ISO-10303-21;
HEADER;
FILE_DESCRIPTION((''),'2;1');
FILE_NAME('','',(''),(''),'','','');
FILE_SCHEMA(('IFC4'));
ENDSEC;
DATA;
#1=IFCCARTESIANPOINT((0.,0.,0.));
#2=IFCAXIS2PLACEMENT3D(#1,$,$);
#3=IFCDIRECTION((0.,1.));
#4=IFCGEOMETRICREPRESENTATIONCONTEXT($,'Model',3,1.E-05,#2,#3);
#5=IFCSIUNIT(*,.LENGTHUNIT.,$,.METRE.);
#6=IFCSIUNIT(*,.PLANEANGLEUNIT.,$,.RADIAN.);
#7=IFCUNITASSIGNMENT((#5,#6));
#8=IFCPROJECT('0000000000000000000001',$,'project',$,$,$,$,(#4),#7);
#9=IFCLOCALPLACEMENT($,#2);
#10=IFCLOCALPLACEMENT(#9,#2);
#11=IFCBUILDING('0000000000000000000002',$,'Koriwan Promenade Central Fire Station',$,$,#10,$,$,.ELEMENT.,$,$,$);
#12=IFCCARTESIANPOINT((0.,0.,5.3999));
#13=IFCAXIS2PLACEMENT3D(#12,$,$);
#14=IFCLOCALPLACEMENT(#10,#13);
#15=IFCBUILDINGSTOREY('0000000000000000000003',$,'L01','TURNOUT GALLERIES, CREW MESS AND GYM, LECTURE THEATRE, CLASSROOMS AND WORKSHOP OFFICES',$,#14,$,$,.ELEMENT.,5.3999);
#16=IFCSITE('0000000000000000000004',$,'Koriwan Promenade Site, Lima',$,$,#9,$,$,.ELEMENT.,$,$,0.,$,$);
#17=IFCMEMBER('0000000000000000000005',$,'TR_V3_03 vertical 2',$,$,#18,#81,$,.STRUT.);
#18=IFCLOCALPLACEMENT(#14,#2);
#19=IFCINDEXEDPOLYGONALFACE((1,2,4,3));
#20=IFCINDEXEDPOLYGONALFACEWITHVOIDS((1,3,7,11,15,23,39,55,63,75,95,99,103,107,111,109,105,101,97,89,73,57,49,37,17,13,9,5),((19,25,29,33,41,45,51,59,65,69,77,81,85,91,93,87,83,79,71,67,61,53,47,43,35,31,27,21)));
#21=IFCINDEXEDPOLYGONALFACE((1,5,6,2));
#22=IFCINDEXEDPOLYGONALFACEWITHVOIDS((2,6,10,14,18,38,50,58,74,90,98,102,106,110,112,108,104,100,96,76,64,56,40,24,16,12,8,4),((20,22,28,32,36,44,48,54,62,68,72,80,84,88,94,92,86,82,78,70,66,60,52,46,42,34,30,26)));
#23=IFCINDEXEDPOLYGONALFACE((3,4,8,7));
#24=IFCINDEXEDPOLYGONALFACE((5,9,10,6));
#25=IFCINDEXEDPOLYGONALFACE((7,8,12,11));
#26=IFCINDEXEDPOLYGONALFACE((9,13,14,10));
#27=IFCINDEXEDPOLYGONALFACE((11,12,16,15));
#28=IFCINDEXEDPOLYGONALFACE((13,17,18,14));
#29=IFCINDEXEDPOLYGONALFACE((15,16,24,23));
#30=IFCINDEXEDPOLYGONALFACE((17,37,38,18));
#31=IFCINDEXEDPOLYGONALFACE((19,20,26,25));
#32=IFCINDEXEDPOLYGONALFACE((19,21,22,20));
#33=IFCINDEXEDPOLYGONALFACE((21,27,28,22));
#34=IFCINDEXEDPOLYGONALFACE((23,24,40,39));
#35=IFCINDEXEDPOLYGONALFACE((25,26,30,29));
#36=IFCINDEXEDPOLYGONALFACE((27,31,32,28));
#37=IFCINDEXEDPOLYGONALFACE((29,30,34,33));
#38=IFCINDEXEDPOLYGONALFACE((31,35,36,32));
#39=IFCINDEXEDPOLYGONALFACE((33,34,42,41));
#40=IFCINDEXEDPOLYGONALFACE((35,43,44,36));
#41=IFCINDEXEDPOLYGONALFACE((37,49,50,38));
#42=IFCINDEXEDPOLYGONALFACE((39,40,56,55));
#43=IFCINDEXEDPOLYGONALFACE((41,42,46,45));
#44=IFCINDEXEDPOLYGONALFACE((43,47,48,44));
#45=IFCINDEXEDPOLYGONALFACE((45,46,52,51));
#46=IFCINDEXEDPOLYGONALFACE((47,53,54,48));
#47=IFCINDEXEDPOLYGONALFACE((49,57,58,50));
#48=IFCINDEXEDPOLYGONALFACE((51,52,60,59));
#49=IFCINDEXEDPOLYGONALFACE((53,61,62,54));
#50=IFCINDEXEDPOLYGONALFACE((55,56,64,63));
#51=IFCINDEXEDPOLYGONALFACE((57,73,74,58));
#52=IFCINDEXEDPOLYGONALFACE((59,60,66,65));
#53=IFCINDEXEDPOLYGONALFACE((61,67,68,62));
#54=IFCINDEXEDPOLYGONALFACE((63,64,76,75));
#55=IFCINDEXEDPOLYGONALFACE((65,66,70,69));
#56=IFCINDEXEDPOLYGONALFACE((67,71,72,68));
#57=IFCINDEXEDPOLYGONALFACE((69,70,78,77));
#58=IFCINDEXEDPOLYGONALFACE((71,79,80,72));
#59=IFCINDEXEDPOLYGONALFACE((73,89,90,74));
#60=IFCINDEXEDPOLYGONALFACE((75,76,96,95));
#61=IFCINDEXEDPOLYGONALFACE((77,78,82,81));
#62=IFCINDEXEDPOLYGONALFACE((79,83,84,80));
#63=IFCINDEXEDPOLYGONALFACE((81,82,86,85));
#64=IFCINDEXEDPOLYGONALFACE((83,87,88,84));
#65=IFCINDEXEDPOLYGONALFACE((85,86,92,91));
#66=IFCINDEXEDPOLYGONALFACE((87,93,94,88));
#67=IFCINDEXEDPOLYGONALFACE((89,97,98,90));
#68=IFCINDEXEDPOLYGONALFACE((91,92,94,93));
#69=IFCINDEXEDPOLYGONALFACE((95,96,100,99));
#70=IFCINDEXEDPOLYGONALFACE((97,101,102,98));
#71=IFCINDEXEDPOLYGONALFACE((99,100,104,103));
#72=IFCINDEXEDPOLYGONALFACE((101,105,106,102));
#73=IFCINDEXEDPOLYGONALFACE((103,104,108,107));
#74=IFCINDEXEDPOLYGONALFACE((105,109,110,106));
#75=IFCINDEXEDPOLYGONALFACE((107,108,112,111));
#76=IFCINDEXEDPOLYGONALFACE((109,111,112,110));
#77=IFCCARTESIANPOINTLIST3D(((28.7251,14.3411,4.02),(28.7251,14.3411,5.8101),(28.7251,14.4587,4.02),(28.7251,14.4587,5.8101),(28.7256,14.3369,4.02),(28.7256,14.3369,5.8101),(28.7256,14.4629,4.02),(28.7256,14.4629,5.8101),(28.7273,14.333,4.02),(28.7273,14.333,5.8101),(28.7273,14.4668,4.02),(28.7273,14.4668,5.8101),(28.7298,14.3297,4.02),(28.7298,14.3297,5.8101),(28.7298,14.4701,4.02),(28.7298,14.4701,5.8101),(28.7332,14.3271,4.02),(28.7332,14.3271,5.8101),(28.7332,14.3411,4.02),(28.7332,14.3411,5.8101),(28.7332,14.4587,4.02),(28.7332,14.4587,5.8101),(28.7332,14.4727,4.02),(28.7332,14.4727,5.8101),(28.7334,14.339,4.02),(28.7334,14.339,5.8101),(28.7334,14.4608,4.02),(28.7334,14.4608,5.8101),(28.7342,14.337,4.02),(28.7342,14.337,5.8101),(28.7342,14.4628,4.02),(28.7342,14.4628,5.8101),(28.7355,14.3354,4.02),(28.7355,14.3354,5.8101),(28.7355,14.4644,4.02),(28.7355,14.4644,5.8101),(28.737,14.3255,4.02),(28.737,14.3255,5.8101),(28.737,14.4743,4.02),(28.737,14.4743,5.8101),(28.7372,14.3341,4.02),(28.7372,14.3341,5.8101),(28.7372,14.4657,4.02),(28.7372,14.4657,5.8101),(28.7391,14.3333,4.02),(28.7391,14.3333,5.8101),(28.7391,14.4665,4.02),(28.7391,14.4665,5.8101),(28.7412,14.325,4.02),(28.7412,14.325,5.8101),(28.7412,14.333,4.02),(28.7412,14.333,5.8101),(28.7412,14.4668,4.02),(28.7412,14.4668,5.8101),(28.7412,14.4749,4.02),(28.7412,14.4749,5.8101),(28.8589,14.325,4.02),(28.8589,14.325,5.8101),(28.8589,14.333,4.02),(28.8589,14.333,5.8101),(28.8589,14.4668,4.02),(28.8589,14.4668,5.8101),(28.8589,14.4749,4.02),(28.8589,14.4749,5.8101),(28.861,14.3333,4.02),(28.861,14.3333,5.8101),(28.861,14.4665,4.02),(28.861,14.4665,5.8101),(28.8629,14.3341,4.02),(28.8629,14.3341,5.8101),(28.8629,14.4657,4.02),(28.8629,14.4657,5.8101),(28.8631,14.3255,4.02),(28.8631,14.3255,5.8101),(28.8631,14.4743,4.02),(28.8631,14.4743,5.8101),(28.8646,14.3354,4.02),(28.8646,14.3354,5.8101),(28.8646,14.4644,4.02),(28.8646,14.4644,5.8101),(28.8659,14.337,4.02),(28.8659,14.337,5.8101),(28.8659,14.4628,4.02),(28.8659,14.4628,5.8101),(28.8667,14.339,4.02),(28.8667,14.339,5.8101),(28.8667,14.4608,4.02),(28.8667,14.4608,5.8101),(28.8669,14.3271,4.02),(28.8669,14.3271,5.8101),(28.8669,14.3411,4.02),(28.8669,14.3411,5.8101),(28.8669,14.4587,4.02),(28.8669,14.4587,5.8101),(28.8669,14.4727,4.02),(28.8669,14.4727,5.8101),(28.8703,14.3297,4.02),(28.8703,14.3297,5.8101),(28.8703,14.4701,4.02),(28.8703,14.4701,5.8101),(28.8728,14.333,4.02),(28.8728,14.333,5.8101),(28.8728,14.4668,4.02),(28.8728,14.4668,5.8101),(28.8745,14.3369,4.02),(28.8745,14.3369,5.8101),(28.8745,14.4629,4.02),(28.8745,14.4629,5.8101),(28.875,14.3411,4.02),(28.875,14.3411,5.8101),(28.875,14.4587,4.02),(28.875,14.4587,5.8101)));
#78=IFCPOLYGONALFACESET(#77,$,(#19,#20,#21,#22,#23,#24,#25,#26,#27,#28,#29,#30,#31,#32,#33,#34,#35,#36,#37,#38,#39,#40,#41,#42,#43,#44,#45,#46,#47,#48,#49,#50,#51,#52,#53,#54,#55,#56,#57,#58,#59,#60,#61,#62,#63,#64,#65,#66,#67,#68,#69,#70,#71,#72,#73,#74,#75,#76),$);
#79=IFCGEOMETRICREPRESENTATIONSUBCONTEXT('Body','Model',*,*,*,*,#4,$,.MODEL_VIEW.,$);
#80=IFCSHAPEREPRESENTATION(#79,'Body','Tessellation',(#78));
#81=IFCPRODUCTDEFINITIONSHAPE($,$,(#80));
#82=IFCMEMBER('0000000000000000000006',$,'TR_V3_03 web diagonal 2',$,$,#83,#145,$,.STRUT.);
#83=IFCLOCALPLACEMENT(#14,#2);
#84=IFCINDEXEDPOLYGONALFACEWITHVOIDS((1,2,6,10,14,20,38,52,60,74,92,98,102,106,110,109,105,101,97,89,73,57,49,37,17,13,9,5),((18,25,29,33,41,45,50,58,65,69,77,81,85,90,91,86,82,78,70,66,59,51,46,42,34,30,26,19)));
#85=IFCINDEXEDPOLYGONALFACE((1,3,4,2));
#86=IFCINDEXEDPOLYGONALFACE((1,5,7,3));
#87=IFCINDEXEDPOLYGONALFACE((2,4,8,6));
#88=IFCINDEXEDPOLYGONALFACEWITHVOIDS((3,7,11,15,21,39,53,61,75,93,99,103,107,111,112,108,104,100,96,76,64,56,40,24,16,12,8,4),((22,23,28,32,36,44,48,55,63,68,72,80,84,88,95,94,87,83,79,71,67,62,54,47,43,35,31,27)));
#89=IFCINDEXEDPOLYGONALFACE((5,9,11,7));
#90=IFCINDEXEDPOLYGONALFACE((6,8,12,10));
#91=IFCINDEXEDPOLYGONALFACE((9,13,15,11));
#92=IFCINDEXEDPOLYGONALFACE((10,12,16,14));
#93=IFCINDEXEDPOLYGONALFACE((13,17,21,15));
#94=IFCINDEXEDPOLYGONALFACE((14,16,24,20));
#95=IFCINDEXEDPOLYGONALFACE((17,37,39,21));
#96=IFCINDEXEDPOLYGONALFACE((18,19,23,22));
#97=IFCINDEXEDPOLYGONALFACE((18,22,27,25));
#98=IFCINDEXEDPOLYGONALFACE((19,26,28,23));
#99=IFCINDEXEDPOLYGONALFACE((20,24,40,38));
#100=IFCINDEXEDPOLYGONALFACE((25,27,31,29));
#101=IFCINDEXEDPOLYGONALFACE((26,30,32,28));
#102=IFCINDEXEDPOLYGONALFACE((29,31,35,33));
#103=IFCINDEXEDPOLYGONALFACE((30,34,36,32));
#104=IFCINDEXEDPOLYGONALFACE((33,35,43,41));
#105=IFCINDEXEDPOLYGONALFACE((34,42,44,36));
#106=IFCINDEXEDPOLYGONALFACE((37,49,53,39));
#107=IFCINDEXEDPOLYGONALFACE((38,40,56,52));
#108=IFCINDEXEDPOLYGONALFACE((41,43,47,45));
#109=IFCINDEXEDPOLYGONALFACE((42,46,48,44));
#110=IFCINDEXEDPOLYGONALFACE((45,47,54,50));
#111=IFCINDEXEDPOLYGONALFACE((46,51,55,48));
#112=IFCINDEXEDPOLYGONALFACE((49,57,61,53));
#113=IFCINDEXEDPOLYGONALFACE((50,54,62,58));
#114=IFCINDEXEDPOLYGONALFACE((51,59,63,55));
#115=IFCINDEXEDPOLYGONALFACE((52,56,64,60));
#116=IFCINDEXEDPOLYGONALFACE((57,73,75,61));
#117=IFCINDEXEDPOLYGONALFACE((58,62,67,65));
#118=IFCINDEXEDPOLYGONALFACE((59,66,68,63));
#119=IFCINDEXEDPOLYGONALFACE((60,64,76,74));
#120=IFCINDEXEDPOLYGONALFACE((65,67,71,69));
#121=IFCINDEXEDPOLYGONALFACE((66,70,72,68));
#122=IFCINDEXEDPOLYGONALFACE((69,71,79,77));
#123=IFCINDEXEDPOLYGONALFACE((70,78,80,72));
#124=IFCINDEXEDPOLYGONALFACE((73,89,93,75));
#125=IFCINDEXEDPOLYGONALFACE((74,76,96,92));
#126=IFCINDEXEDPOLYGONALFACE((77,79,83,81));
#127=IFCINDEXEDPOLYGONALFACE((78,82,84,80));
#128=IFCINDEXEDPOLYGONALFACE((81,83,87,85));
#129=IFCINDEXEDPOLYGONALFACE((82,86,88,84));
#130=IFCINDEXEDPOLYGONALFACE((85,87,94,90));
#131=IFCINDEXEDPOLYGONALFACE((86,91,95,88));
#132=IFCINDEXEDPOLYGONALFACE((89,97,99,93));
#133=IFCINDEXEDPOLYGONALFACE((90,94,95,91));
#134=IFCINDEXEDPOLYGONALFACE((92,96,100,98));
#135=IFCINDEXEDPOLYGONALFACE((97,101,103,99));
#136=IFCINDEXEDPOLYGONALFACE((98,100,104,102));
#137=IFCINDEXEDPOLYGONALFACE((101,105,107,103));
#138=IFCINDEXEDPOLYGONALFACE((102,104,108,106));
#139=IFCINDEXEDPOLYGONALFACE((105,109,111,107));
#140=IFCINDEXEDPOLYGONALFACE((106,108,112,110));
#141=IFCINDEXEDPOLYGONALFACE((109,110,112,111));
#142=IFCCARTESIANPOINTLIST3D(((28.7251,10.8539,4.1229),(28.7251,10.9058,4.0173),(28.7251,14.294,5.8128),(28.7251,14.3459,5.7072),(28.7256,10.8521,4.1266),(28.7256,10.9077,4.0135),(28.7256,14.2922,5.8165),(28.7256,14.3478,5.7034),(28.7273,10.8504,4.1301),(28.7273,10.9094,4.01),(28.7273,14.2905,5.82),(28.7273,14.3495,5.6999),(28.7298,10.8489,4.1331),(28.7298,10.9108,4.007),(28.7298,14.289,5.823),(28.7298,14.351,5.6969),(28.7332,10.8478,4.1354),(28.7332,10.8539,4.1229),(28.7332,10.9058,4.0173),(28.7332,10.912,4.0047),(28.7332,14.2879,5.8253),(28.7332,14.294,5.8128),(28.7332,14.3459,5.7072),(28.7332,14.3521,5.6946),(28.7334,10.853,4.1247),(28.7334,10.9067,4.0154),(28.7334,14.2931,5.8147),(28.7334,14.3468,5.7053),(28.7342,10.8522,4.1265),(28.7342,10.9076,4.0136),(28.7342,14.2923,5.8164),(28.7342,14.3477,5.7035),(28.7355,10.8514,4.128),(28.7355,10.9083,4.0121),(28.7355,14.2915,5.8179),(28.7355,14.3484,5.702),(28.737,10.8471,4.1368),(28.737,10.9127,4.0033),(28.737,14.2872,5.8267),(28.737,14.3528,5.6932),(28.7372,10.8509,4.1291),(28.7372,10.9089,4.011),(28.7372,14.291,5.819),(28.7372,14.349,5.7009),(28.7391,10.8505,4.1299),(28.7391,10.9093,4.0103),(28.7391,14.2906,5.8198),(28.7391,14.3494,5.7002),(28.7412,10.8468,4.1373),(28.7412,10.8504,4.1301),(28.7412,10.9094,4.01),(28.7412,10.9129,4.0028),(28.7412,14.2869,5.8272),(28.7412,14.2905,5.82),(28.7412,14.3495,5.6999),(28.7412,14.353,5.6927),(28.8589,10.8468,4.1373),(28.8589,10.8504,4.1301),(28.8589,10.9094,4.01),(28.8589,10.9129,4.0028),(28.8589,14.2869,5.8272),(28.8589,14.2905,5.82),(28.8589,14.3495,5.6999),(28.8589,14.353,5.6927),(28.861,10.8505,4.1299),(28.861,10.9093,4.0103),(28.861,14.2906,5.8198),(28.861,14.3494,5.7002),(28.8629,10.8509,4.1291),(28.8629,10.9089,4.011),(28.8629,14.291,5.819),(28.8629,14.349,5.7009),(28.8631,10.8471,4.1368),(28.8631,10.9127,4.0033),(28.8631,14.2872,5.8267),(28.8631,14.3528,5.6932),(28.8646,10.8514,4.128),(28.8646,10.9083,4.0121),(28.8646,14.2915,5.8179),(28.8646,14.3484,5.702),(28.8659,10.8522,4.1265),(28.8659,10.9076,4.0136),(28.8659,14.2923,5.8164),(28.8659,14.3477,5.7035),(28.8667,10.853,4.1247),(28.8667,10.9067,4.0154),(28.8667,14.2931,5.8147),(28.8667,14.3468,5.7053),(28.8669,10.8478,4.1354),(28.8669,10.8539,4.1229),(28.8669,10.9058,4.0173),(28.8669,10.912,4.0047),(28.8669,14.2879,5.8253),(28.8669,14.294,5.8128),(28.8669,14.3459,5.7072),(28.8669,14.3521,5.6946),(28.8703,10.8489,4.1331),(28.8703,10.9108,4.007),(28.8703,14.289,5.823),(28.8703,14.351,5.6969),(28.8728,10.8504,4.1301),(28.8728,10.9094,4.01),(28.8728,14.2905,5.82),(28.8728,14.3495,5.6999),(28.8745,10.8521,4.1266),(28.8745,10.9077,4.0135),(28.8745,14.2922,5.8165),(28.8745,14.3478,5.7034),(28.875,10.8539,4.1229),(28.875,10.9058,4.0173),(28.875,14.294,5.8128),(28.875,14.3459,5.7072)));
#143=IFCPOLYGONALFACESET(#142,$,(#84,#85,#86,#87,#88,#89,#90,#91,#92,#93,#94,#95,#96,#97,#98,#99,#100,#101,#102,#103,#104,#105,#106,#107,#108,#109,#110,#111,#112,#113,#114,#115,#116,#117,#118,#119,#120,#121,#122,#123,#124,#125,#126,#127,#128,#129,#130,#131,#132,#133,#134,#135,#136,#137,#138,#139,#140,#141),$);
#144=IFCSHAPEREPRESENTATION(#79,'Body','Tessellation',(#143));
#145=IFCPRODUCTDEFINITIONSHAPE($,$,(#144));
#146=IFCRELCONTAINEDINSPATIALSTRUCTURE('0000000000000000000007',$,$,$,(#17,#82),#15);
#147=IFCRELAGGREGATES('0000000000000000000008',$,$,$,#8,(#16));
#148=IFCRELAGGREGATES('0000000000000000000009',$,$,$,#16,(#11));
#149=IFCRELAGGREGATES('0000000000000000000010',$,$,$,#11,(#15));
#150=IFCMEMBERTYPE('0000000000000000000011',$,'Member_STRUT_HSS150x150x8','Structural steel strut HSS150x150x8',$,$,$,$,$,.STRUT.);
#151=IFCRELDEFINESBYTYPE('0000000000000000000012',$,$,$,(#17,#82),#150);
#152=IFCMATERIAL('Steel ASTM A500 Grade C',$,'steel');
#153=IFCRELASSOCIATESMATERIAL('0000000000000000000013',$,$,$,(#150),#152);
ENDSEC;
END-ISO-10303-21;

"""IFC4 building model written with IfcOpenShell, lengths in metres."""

from ifc_helpers import new_model, si_unit, direction, frame, origin, origin_2d, place, context, subcontext, project, spatial, hollow_rectangle, extrude, material, material_profile, profile_set, type_object, element, save


model = new_model("IFC4")

# Units and contexts
model_context = context("Model", 3, precision=1e-05, world=origin(), true_north=direction((0.0, 1.0)))
body_context = subcontext(model_context, "Body", "Model", "MODEL_VIEW")
ifc_project = project(units=[si_unit("LENGTHUNIT", "METRE"), si_unit("PLANEANGLEUNIT", "RADIAN")], contexts=[model_context])

# Site, building, storey
site_placement = place(None, origin())
site = spatial("IfcSite", under=ifc_project, at=site_placement, Name="Koriwan Promenade Site, Lima", CompositionType="ELEMENT", RefElevation=0.0)
building_placement = place(site_placement, origin())
building = spatial("IfcBuilding", under=site, at=building_placement, Name="Koriwan Promenade Central Fire Station", CompositionType="ELEMENT")
storey_placement = place(building_placement, frame((0.0, 0.0, 5.3999)))
storey = spatial("IfcBuildingStorey", under=building, at=storey_placement, Name="L01", Description="TURNOUT GALLERIES, CREW MESS AND GYM, LECTURE THEATRE, CLASSROOMS AND WORKSHOP OFFICES", CompositionType="ELEMENT", Elevation=5.3999)

# Members
ifc_material_1 = material(Name="Steel ASTM A500 Grade C", Category="steel")
ifc_material_profile_1 = material_profile(ifc_material_1, hollow_rectangle(XDim=0.1499, YDim=0.1499, WallThickness=0.0081, InnerFilletRadius=0.0081, OuterFilletRadius=0.0161, at=origin_2d()), Name="HSS150x150x8")
ifc_profile_set_1 = profile_set([ifc_material_profile_1], Name="Steel ASTM A500 Grade C")
member_type_1 = type_object("IfcMemberType", Name="Member_STRUT_HSS150x150x8", Description="Structural steel strut HSS150x150x8", PredefinedType="STRUT", material=ifc_profile_set_1)
member_1_placement = place(storey_placement, frame((28.8, 14.3999, 4.02), z_axis=(0.0, 0.0, 1.0), x_axis=(1.0, 0.0, 0.0)))
element("IfcMember", 1, at=member_1_placement, inside=storey, type_object=member_type_1, Name="TR_V3_03 vertical 2", PredefinedType="STRUT", context=body_context, shape_type="SweptSolid", body=[
    extrude(hollow_rectangle(XDim=0.1499, YDim=0.1499, WallThickness=0.0081, InnerFilletRadius=0.0081, OuterFilletRadius=0.0161, at=origin_2d()), origin(), (0.0, 0.0, 1.0), 1.79),
])
member_2_placement = place(storey_placement, frame((28.8, 10.8799, 4.0701), z_axis=(0.0, 0.897552, 0.440909), x_axis=(-1.0, 0.0, 0.0)))
element("IfcMember", 2, at=member_2_placement, inside=storey, type_object=member_type_1, Name="TR_V3_03 web diagonal 2", PredefinedType="STRUT", context=body_context, shape_type="SweptSolid", body=[
    extrude(hollow_rectangle(XDim=0.1499, YDim=0.1499, WallThickness=0.0081, InnerFilletRadius=0.0081, OuterFilletRadius=0.0161, at=origin_2d()), origin(), (0.0, 0.0, 1.0), 3.8328),
])

save(model, "model.ifc")
